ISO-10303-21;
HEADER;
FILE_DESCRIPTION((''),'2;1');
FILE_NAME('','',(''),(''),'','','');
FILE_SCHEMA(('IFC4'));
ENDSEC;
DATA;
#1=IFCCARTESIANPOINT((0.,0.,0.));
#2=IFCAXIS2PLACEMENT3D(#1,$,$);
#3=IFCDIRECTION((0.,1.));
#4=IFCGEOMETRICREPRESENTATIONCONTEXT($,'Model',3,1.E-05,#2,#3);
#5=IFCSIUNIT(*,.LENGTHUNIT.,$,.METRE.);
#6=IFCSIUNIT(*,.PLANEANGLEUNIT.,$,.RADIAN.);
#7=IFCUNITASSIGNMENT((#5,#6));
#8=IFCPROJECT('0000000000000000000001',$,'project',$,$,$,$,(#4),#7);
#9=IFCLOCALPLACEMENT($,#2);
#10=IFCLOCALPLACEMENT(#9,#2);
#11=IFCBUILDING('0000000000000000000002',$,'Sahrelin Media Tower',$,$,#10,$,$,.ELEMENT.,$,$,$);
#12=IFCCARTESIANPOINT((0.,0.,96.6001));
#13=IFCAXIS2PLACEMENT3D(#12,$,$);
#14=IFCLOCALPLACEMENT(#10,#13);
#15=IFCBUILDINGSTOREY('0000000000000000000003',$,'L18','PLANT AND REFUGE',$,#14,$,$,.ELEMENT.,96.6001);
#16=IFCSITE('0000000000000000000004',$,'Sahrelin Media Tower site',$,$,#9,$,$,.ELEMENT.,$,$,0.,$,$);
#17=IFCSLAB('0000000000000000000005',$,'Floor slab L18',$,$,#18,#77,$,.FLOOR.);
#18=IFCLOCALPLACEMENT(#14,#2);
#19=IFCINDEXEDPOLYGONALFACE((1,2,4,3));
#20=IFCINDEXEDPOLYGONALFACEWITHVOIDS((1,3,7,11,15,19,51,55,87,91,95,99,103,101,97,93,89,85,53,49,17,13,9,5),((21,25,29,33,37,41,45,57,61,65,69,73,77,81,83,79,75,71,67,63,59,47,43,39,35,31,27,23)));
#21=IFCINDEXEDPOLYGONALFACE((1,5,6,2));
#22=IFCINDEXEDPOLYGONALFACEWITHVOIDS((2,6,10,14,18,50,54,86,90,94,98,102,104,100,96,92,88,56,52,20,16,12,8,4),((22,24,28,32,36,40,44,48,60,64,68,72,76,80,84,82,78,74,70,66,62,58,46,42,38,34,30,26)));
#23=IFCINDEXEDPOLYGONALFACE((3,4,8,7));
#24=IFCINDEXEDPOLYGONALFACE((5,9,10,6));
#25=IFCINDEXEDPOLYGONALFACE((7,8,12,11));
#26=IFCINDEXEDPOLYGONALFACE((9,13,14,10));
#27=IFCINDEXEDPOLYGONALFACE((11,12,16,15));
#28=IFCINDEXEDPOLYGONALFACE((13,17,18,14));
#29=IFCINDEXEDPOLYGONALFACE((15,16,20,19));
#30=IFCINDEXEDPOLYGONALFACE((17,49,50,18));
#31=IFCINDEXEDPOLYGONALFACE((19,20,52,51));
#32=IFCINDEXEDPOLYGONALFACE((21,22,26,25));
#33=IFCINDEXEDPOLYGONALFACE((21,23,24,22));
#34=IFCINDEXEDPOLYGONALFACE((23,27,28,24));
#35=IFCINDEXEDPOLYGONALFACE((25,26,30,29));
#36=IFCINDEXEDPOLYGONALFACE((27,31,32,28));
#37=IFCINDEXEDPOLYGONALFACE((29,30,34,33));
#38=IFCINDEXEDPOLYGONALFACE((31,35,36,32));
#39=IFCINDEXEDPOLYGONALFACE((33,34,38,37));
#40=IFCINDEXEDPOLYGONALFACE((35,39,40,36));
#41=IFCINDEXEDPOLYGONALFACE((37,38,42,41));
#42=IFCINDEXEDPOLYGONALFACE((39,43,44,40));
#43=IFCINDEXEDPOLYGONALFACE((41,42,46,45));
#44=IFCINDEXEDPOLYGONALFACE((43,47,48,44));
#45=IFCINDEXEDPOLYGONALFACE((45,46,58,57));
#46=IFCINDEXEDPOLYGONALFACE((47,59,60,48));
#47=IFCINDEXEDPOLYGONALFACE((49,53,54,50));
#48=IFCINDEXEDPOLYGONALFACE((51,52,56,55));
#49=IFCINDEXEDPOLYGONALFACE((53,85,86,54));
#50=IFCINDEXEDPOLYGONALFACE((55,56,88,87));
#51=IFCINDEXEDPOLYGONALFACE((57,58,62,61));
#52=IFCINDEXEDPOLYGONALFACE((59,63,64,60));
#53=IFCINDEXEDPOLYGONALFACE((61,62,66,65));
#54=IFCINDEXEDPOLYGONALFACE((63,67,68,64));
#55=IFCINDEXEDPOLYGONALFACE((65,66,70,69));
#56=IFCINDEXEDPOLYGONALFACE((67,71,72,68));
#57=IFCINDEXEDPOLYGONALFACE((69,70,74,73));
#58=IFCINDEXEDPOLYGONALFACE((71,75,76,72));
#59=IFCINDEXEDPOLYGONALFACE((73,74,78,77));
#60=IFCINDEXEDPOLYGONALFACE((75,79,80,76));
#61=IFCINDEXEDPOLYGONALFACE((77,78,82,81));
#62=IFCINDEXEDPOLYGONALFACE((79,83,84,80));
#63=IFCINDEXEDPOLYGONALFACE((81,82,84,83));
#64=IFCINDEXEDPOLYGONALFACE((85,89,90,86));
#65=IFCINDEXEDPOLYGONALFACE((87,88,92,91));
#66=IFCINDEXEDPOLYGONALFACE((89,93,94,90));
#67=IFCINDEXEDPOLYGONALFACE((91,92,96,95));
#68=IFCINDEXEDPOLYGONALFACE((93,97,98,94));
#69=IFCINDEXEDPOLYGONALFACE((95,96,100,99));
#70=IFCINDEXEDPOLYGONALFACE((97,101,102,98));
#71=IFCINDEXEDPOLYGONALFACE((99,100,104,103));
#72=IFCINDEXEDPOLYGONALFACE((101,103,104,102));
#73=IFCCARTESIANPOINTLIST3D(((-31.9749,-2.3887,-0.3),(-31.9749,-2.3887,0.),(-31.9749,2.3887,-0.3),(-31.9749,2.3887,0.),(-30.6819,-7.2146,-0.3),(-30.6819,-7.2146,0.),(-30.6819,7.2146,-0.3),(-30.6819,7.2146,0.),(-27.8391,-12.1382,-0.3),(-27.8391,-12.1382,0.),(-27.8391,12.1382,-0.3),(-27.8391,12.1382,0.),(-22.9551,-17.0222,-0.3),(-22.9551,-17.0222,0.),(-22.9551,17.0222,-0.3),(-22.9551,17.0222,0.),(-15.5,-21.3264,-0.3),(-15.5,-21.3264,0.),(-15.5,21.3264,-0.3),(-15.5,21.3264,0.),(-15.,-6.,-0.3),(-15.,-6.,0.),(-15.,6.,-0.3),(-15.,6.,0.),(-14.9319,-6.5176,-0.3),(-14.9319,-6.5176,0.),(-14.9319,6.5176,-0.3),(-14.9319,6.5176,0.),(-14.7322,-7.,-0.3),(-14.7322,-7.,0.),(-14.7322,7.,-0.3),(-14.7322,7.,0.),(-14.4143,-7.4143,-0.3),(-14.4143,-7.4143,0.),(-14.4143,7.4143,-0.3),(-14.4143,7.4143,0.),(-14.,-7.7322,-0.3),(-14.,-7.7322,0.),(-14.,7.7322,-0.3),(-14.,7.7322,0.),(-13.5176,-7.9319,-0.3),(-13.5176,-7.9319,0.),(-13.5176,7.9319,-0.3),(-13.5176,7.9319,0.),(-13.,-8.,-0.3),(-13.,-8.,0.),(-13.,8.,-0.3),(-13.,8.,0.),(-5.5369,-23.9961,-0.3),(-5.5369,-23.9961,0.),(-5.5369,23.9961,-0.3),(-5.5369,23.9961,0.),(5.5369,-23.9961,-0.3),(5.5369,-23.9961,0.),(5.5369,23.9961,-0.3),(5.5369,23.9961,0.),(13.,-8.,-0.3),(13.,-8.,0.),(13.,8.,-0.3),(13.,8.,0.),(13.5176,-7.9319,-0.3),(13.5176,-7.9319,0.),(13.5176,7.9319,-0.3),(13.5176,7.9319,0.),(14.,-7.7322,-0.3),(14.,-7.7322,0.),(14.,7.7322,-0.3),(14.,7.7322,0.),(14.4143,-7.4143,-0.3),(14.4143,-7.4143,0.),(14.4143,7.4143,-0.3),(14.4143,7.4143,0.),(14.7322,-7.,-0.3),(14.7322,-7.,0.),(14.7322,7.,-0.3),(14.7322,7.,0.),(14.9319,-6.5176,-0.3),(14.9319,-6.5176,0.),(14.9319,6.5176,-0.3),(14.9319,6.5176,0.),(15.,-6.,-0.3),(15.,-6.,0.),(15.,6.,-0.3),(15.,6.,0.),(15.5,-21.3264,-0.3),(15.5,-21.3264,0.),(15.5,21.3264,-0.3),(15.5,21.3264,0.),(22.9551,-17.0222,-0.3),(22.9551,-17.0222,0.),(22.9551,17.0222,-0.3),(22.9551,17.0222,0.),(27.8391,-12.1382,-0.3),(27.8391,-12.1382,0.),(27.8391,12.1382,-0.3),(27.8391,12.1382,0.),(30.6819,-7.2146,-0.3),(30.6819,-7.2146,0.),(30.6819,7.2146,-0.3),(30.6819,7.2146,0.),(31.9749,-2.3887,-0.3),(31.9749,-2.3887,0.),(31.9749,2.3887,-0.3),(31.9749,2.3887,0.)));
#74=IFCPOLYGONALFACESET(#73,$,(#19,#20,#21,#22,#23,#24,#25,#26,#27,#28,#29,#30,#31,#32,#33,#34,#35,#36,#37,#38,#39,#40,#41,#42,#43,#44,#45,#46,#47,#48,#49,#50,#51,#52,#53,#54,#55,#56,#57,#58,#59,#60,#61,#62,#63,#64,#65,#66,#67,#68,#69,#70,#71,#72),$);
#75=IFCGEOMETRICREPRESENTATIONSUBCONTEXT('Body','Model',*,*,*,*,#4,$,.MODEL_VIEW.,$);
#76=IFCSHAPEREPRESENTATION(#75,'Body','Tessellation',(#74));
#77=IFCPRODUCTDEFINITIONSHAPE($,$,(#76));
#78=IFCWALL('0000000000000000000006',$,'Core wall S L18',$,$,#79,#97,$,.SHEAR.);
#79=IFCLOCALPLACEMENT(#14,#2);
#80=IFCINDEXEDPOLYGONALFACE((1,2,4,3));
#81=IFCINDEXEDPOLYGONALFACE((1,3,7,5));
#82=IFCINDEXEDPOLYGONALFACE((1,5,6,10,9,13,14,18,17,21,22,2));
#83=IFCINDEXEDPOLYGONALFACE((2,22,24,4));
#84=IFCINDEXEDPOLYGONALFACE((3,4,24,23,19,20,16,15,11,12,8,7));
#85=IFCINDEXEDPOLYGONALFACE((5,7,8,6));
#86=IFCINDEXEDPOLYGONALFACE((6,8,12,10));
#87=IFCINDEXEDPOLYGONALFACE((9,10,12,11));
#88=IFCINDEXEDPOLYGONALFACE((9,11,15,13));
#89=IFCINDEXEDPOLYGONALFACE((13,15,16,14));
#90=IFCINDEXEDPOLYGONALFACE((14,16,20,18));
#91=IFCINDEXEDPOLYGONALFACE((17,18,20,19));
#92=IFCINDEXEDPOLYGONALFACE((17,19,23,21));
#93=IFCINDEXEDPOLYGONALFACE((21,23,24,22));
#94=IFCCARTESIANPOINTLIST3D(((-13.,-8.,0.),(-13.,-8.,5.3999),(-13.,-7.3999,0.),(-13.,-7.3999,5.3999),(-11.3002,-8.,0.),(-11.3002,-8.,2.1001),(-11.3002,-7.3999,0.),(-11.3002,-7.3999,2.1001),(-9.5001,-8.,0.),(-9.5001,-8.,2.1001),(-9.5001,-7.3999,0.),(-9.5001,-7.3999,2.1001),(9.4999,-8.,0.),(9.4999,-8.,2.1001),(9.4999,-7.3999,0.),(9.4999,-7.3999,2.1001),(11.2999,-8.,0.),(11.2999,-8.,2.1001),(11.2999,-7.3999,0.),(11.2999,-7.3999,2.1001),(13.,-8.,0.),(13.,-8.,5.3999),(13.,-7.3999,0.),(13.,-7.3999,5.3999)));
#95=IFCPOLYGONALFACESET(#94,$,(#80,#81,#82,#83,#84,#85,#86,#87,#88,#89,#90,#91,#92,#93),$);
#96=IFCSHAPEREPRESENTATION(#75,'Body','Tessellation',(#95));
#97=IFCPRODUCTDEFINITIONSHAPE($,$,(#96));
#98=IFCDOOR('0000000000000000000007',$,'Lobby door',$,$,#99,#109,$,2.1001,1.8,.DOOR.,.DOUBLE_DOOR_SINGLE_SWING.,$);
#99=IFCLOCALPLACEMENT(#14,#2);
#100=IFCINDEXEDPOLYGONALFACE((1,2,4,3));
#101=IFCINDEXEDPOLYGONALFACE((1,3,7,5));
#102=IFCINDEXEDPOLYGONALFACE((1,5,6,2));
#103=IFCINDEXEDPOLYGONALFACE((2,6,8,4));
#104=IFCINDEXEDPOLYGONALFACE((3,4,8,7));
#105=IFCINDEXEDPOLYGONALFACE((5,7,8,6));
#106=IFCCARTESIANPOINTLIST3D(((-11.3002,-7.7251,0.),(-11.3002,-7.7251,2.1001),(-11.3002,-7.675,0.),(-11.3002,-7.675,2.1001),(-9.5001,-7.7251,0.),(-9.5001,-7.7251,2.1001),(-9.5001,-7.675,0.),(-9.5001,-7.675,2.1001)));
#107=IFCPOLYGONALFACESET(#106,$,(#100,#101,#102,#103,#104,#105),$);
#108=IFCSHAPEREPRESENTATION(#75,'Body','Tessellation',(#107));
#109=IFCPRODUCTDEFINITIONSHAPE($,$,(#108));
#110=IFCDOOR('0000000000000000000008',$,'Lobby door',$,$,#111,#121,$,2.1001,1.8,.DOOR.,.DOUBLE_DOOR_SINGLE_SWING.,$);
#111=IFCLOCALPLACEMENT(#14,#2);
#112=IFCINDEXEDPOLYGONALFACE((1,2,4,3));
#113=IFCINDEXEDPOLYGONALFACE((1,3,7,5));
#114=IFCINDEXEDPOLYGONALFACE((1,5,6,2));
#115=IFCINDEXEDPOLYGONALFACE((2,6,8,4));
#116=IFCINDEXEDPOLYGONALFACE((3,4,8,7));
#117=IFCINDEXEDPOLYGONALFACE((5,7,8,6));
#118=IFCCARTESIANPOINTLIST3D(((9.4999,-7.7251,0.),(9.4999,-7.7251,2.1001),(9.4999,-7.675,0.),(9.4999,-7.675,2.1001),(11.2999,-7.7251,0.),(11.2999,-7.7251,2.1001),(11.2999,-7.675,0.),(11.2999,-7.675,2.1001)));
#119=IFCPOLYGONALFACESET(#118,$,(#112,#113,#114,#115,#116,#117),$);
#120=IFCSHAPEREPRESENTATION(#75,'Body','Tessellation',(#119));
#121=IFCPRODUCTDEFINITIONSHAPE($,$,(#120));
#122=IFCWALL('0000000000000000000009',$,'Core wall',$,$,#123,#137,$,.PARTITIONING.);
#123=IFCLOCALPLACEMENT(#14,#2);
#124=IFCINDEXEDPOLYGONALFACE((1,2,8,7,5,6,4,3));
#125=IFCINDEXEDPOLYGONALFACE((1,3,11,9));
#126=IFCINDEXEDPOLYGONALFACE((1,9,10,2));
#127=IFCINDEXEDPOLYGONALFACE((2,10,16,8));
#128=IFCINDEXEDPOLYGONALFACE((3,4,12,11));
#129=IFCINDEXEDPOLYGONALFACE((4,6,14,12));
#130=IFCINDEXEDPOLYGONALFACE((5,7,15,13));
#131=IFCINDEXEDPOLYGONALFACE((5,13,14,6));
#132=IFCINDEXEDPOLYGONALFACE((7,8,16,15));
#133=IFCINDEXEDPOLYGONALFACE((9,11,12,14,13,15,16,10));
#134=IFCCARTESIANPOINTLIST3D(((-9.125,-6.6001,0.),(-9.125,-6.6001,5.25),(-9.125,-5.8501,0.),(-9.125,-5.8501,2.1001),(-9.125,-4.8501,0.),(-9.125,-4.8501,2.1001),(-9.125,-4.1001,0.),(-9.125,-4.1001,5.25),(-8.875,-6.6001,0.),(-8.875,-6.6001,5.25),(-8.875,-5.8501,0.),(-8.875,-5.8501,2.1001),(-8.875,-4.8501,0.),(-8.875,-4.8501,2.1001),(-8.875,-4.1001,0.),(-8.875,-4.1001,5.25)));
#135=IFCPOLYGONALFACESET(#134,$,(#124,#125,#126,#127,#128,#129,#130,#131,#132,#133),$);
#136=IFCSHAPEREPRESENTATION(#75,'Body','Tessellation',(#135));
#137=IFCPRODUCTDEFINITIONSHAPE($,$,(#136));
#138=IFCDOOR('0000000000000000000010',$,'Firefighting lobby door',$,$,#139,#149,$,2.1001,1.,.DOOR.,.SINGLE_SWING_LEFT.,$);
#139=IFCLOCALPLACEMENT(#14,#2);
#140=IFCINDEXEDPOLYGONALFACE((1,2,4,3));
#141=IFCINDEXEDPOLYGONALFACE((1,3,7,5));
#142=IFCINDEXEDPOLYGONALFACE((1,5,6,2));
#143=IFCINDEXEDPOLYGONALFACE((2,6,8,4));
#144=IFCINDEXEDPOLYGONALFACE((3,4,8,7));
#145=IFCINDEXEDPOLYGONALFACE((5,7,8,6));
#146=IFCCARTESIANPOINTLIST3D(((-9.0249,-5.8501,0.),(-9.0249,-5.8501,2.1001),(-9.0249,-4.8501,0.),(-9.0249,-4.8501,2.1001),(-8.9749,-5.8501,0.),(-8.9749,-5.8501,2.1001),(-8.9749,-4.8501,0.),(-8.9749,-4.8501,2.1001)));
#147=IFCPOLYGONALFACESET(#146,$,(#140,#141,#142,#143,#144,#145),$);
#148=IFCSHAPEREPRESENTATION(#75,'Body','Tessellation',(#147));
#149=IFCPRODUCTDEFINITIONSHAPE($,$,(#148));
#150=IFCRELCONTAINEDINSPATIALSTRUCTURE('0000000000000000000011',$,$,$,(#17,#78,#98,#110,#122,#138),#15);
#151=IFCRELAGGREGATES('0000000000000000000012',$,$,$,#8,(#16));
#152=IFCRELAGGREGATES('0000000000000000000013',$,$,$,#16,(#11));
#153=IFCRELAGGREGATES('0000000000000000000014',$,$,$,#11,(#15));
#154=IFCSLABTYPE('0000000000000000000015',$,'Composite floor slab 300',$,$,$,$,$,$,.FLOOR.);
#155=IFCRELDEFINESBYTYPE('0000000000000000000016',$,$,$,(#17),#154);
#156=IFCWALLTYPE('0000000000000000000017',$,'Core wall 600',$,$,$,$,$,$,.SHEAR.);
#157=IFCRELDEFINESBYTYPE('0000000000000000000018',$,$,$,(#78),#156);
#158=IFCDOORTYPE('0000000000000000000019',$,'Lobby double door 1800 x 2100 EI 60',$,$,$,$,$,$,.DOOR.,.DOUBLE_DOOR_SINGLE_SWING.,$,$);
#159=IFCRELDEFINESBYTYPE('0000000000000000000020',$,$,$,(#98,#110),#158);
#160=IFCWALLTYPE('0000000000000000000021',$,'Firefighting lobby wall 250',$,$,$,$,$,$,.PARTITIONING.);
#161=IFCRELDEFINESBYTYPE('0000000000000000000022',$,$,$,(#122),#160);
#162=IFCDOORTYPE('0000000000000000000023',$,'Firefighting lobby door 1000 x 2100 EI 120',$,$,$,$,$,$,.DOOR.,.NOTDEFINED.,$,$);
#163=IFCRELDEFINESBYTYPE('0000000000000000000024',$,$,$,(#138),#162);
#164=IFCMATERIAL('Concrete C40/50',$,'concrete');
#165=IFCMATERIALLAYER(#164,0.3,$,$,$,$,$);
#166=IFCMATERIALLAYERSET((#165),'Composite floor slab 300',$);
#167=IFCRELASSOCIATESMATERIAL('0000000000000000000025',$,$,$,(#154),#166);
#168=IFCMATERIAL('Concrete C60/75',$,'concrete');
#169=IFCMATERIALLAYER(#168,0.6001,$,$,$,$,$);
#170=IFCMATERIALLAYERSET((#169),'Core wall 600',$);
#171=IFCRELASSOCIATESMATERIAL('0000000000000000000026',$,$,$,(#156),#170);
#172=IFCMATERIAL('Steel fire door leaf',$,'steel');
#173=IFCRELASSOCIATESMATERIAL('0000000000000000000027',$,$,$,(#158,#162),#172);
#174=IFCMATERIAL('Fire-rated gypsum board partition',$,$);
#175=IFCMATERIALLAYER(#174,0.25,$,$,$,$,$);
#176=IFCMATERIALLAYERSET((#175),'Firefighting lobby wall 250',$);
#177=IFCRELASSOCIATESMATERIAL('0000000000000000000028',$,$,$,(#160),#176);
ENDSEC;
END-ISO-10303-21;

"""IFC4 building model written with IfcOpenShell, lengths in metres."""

from ifc_helpers import new_model, si_unit, direction, frame, frame_2d, origin, place, context, subcontext, project, spatial, polyline, rectangle, outline, extrude, material, layer, layer_set, type_object, element, fill, save


model = new_model("IFC4")

# Units and contexts
model_context = context("Model", 3, precision=1e-05, world=origin(), true_north=direction((0.0, 1.0)))
body_context = subcontext(model_context, "Body", "Model", "MODEL_VIEW")
ifc_project = project(units=[si_unit("LENGTHUNIT", "METRE"), si_unit("PLANEANGLEUNIT", "RADIAN")], contexts=[model_context])

# Site, building, storey
site_placement = place(None, origin())
site = spatial("IfcSite", under=ifc_project, at=site_placement, Name="Sahrelin Media Tower site", CompositionType="ELEMENT", RefElevation=0.0)
building_placement = place(site_placement, origin())
building = spatial("IfcBuilding", under=site, at=building_placement, Name="Sahrelin Media Tower", CompositionType="ELEMENT")
storey_placement = place(building_placement, frame((0.0, 0.0, 96.6001)))
storey = spatial("IfcBuildingStorey", under=building, at=storey_placement, Name="L18", Description="PLANT AND REFUGE", CompositionType="ELEMENT", Elevation=96.6001)

# Slab
ifc_material_1 = material(Name="Concrete C40/50", Category="concrete")
ifc_layer_1 = layer(ifc_material_1, 0.3)
ifc_layer_set_1 = layer_set([ifc_layer_1], Name="Composite floor slab 300")
slab_type = type_object("IfcSlabType", Name="Composite floor slab 300", PredefinedType="FLOOR", material=ifc_layer_set_1)
slab_placement = place(storey_placement, frame((0.0, 0.0, -0.3)))
element("IfcSlab", 1, at=slab_placement, inside=storey, type_object=slab_type, Name="Floor slab L18", PredefinedType="FLOOR", context=body_context, shape_type="SweptSolid", body=[
    extrude(outline(polyline([(31.9749, -2.3887), (31.9749, 2.3887), (30.6819, 7.2146), (27.8391, 12.1382), (22.9551, 17.0222), (15.5, 21.3264), (5.5369, 23.9961), (-5.5369, 23.9961), (-15.5, 21.3264), (-22.9551, 17.0222), (-27.8391, 12.1382), (-30.6819, 7.2146), (-31.9749, 2.3887), (-31.9749, -2.3887), (-30.6819, -7.2146), (-27.8391, -12.1382), (-22.9551, -17.0222), (-15.5, -21.3264), (-5.5369, -23.9961), (5.5369, -23.9961), (15.5, -21.3264), (22.9551, -17.0222), (27.8391, -12.1382), (30.6819, -7.2146), (31.9749, -2.3887)]), holes=[polyline([(14.9319, 6.5176), (15.0, 6.0), (15.0, -6.0), (14.9319, -6.5176), (14.7322, -7.0), (14.4143, -7.4143), (14.0, -7.7322), (13.5176, -7.9319), (13.0, -8.0), (-13.0, -8.0), (-13.5176, -7.9319), (-14.0, -7.7322), (-14.4143, -7.4143), (-14.7322, -7.0), (-14.9319, -6.5176), (-15.0, -6.0), (-15.0, 6.0), (-14.9319, 6.5176), (-14.7322, 7.0), (-14.4143, 7.4143), (-14.0, 7.7322), (-13.5176, 7.9319), (-13.0, 8.0), (13.0, 8.0), (13.5176, 7.9319), (14.0, 7.7322), (14.4143, 7.4143), (14.7322, 7.0), (14.9319, 6.5176)])]), origin(), (0.0, 0.0, 1.0), 0.3),
])

# Wall, openings, doors
ifc_material_2 = material(Name="Concrete C60/75", Category="concrete")
ifc_layer_2 = layer(ifc_material_2, 0.6001)
ifc_layer_set_2 = layer_set([ifc_layer_2], Name="Core wall 600")
wall_type_1 = type_object("IfcWallType", Name="Core wall 600", PredefinedType="SHEAR", material=ifc_layer_set_2)
wall_1_placement = place(storey_placement, frame((-13.0, -7.7, 0.0), z_axis=(0.0, 0.0, 1.0), x_axis=(1.0, 0.0, 0.0)))
wall_1 = element("IfcWall", 2, at=wall_1_placement, inside=storey, type_object=wall_type_1, Name="Core wall S L18", PredefinedType="SHEAR", context=body_context, shape_type="SweptSolid", body=[
    extrude(rectangle(XDim=26.0, YDim=0.6001, at=frame_2d((13.0, 0.0))), origin(), (0.0, 0.0, 1.0), 5.3999),
])
opening_1_placement = place(wall_1_placement, frame((1.7, 0.0, 0.0)))
opening_1 = element("IfcOpeningElement", 3, at=opening_1_placement, cuts=wall_1, PredefinedType="OPENING", context=body_context, shape_type="SweptSolid", body=[
    extrude(rectangle(XDim=1.8, YDim=2.1001, at=frame_2d((0.8999, 1.05))), frame((0.0, 0.3, 0.0), z_axis=(0.0, -1.0, 0.0), x_axis=(1.0, 0.0, 0.0)), (0.0, 0.0, 1.0), 0.6001),
])
opening_2_placement = place(wall_1_placement, frame((22.5, 0.0, 0.0)))
opening_2 = element("IfcOpeningElement", 4, at=opening_2_placement, cuts=wall_1, PredefinedType="OPENING", context=body_context, shape_type="SweptSolid", body=[
    extrude(rectangle(XDim=1.8, YDim=2.1001, at=frame_2d((0.8999, 1.05))), frame((0.0, 0.3, 0.0), z_axis=(0.0, -1.0, 0.0), x_axis=(1.0, 0.0, 0.0)), (0.0, 0.0, 1.0), 0.6001),
])
ifc_material_3 = material(Name="Steel fire door leaf", Category="steel")
door_type_1 = type_object("IfcDoorType", Name="Lobby double door 1800 x 2100 EI 60", OperationType="DOUBLE_DOOR_SINGLE_SWING", PredefinedType="DOOR", material=ifc_material_3)
door_1_placement = place(opening_1_placement, origin())
door_1 = element("IfcDoor", 5, at=door_1_placement, inside=storey, type_object=door_type_1, Name="Lobby door", OperationType="DOUBLE_DOOR_SINGLE_SWING", OverallHeight=2.1001, OverallWidth=1.8, PredefinedType="DOOR", context=body_context, shape_type="SweptSolid", body=[
    extrude(rectangle(XDim=1.8, YDim=2.1001, at=frame_2d((0.8999, 1.05))), frame((0.0, 0.0249, 0.0), z_axis=(0.0, -1.0, 0.0), x_axis=(1.0, 0.0, 0.0)), (0.0, 0.0, 1.0), 0.05),
])
fill(opening_1, door_1)
door_2_placement = place(opening_2_placement, origin())
door_2 = element("IfcDoor", 6, at=door_2_placement, inside=storey, type_object=door_type_1, Name="Lobby door", OperationType="DOUBLE_DOOR_SINGLE_SWING", OverallHeight=2.1001, OverallWidth=1.8, PredefinedType="DOOR", context=body_context, shape_type="SweptSolid", body=[
    extrude(rectangle(XDim=1.8, YDim=2.1001, at=frame_2d((0.8999, 1.05))), frame((0.0, 0.0249, 0.0), z_axis=(0.0, -1.0, 0.0), x_axis=(1.0, 0.0, 0.0)), (0.0, 0.0, 1.0), 0.05),
])
fill(opening_2, door_2)

# Wall, opening, door
ifc_material_4 = material(Name="Fire-rated gypsum board partition")
ifc_layer_3 = layer(ifc_material_4, 0.25)
ifc_layer_set_3 = layer_set([ifc_layer_3], Name="Firefighting lobby wall 250")
wall_type_2 = type_object("IfcWallType", Name="Firefighting lobby wall 250", PredefinedType="PARTITIONING", material=ifc_layer_set_3)
wall_2_placement = place(storey_placement, frame((-9.0, -6.6001, 0.0), z_axis=(0.0, 0.0, 1.0), x_axis=(0.0, 1.0, 0.0)))
wall_2 = element("IfcWall", 7, at=wall_2_placement, inside=storey, type_object=wall_type_2, Name="Core wall", PredefinedType="PARTITIONING", context=body_context, shape_type="SweptSolid", body=[
    extrude(rectangle(XDim=2.5, YDim=0.25, at=frame_2d((1.25, 0.0))), origin(), (0.0, 0.0, 1.0), 5.25),
])
opening_3_placement = place(wall_2_placement, frame((0.75, 0.0, 0.0)))
opening_3 = element("IfcOpeningElement", 8, at=opening_3_placement, cuts=wall_2, PredefinedType="OPENING", context=body_context, shape_type="SweptSolid", body=[
    extrude(rectangle(XDim=1.0, YDim=2.1001, at=frame_2d((0.5, 1.05))), frame((0.0, 0.125, 0.0), z_axis=(0.0, -1.0, 0.0), x_axis=(1.0, 0.0, 0.0)), (0.0, 0.0, 1.0), 0.25),
])
door_type_2 = type_object("IfcDoorType", Name="Firefighting lobby door 1000 x 2100 EI 120", OperationType="NOTDEFINED", PredefinedType="DOOR", material=ifc_material_3)
door_3_placement = place(opening_3_placement, origin())
door_3 = element("IfcDoor", 9, at=door_3_placement, inside=storey, type_object=door_type_2, Name="Firefighting lobby door", OperationType="SINGLE_SWING_LEFT", OverallHeight=2.1001, OverallWidth=1.0, PredefinedType="DOOR", context=body_context, shape_type="SweptSolid", body=[
    extrude(rectangle(XDim=1.0, YDim=2.1001, at=frame_2d((0.5, 1.05))), frame((0.0, 0.0249, 0.0), z_axis=(0.0, -1.0, 0.0), x_axis=(1.0, 0.0, 0.0)), (0.0, 0.0, 1.0), 0.05),
])
fill(opening_3, door_3)

save(model, "model.ifc")
